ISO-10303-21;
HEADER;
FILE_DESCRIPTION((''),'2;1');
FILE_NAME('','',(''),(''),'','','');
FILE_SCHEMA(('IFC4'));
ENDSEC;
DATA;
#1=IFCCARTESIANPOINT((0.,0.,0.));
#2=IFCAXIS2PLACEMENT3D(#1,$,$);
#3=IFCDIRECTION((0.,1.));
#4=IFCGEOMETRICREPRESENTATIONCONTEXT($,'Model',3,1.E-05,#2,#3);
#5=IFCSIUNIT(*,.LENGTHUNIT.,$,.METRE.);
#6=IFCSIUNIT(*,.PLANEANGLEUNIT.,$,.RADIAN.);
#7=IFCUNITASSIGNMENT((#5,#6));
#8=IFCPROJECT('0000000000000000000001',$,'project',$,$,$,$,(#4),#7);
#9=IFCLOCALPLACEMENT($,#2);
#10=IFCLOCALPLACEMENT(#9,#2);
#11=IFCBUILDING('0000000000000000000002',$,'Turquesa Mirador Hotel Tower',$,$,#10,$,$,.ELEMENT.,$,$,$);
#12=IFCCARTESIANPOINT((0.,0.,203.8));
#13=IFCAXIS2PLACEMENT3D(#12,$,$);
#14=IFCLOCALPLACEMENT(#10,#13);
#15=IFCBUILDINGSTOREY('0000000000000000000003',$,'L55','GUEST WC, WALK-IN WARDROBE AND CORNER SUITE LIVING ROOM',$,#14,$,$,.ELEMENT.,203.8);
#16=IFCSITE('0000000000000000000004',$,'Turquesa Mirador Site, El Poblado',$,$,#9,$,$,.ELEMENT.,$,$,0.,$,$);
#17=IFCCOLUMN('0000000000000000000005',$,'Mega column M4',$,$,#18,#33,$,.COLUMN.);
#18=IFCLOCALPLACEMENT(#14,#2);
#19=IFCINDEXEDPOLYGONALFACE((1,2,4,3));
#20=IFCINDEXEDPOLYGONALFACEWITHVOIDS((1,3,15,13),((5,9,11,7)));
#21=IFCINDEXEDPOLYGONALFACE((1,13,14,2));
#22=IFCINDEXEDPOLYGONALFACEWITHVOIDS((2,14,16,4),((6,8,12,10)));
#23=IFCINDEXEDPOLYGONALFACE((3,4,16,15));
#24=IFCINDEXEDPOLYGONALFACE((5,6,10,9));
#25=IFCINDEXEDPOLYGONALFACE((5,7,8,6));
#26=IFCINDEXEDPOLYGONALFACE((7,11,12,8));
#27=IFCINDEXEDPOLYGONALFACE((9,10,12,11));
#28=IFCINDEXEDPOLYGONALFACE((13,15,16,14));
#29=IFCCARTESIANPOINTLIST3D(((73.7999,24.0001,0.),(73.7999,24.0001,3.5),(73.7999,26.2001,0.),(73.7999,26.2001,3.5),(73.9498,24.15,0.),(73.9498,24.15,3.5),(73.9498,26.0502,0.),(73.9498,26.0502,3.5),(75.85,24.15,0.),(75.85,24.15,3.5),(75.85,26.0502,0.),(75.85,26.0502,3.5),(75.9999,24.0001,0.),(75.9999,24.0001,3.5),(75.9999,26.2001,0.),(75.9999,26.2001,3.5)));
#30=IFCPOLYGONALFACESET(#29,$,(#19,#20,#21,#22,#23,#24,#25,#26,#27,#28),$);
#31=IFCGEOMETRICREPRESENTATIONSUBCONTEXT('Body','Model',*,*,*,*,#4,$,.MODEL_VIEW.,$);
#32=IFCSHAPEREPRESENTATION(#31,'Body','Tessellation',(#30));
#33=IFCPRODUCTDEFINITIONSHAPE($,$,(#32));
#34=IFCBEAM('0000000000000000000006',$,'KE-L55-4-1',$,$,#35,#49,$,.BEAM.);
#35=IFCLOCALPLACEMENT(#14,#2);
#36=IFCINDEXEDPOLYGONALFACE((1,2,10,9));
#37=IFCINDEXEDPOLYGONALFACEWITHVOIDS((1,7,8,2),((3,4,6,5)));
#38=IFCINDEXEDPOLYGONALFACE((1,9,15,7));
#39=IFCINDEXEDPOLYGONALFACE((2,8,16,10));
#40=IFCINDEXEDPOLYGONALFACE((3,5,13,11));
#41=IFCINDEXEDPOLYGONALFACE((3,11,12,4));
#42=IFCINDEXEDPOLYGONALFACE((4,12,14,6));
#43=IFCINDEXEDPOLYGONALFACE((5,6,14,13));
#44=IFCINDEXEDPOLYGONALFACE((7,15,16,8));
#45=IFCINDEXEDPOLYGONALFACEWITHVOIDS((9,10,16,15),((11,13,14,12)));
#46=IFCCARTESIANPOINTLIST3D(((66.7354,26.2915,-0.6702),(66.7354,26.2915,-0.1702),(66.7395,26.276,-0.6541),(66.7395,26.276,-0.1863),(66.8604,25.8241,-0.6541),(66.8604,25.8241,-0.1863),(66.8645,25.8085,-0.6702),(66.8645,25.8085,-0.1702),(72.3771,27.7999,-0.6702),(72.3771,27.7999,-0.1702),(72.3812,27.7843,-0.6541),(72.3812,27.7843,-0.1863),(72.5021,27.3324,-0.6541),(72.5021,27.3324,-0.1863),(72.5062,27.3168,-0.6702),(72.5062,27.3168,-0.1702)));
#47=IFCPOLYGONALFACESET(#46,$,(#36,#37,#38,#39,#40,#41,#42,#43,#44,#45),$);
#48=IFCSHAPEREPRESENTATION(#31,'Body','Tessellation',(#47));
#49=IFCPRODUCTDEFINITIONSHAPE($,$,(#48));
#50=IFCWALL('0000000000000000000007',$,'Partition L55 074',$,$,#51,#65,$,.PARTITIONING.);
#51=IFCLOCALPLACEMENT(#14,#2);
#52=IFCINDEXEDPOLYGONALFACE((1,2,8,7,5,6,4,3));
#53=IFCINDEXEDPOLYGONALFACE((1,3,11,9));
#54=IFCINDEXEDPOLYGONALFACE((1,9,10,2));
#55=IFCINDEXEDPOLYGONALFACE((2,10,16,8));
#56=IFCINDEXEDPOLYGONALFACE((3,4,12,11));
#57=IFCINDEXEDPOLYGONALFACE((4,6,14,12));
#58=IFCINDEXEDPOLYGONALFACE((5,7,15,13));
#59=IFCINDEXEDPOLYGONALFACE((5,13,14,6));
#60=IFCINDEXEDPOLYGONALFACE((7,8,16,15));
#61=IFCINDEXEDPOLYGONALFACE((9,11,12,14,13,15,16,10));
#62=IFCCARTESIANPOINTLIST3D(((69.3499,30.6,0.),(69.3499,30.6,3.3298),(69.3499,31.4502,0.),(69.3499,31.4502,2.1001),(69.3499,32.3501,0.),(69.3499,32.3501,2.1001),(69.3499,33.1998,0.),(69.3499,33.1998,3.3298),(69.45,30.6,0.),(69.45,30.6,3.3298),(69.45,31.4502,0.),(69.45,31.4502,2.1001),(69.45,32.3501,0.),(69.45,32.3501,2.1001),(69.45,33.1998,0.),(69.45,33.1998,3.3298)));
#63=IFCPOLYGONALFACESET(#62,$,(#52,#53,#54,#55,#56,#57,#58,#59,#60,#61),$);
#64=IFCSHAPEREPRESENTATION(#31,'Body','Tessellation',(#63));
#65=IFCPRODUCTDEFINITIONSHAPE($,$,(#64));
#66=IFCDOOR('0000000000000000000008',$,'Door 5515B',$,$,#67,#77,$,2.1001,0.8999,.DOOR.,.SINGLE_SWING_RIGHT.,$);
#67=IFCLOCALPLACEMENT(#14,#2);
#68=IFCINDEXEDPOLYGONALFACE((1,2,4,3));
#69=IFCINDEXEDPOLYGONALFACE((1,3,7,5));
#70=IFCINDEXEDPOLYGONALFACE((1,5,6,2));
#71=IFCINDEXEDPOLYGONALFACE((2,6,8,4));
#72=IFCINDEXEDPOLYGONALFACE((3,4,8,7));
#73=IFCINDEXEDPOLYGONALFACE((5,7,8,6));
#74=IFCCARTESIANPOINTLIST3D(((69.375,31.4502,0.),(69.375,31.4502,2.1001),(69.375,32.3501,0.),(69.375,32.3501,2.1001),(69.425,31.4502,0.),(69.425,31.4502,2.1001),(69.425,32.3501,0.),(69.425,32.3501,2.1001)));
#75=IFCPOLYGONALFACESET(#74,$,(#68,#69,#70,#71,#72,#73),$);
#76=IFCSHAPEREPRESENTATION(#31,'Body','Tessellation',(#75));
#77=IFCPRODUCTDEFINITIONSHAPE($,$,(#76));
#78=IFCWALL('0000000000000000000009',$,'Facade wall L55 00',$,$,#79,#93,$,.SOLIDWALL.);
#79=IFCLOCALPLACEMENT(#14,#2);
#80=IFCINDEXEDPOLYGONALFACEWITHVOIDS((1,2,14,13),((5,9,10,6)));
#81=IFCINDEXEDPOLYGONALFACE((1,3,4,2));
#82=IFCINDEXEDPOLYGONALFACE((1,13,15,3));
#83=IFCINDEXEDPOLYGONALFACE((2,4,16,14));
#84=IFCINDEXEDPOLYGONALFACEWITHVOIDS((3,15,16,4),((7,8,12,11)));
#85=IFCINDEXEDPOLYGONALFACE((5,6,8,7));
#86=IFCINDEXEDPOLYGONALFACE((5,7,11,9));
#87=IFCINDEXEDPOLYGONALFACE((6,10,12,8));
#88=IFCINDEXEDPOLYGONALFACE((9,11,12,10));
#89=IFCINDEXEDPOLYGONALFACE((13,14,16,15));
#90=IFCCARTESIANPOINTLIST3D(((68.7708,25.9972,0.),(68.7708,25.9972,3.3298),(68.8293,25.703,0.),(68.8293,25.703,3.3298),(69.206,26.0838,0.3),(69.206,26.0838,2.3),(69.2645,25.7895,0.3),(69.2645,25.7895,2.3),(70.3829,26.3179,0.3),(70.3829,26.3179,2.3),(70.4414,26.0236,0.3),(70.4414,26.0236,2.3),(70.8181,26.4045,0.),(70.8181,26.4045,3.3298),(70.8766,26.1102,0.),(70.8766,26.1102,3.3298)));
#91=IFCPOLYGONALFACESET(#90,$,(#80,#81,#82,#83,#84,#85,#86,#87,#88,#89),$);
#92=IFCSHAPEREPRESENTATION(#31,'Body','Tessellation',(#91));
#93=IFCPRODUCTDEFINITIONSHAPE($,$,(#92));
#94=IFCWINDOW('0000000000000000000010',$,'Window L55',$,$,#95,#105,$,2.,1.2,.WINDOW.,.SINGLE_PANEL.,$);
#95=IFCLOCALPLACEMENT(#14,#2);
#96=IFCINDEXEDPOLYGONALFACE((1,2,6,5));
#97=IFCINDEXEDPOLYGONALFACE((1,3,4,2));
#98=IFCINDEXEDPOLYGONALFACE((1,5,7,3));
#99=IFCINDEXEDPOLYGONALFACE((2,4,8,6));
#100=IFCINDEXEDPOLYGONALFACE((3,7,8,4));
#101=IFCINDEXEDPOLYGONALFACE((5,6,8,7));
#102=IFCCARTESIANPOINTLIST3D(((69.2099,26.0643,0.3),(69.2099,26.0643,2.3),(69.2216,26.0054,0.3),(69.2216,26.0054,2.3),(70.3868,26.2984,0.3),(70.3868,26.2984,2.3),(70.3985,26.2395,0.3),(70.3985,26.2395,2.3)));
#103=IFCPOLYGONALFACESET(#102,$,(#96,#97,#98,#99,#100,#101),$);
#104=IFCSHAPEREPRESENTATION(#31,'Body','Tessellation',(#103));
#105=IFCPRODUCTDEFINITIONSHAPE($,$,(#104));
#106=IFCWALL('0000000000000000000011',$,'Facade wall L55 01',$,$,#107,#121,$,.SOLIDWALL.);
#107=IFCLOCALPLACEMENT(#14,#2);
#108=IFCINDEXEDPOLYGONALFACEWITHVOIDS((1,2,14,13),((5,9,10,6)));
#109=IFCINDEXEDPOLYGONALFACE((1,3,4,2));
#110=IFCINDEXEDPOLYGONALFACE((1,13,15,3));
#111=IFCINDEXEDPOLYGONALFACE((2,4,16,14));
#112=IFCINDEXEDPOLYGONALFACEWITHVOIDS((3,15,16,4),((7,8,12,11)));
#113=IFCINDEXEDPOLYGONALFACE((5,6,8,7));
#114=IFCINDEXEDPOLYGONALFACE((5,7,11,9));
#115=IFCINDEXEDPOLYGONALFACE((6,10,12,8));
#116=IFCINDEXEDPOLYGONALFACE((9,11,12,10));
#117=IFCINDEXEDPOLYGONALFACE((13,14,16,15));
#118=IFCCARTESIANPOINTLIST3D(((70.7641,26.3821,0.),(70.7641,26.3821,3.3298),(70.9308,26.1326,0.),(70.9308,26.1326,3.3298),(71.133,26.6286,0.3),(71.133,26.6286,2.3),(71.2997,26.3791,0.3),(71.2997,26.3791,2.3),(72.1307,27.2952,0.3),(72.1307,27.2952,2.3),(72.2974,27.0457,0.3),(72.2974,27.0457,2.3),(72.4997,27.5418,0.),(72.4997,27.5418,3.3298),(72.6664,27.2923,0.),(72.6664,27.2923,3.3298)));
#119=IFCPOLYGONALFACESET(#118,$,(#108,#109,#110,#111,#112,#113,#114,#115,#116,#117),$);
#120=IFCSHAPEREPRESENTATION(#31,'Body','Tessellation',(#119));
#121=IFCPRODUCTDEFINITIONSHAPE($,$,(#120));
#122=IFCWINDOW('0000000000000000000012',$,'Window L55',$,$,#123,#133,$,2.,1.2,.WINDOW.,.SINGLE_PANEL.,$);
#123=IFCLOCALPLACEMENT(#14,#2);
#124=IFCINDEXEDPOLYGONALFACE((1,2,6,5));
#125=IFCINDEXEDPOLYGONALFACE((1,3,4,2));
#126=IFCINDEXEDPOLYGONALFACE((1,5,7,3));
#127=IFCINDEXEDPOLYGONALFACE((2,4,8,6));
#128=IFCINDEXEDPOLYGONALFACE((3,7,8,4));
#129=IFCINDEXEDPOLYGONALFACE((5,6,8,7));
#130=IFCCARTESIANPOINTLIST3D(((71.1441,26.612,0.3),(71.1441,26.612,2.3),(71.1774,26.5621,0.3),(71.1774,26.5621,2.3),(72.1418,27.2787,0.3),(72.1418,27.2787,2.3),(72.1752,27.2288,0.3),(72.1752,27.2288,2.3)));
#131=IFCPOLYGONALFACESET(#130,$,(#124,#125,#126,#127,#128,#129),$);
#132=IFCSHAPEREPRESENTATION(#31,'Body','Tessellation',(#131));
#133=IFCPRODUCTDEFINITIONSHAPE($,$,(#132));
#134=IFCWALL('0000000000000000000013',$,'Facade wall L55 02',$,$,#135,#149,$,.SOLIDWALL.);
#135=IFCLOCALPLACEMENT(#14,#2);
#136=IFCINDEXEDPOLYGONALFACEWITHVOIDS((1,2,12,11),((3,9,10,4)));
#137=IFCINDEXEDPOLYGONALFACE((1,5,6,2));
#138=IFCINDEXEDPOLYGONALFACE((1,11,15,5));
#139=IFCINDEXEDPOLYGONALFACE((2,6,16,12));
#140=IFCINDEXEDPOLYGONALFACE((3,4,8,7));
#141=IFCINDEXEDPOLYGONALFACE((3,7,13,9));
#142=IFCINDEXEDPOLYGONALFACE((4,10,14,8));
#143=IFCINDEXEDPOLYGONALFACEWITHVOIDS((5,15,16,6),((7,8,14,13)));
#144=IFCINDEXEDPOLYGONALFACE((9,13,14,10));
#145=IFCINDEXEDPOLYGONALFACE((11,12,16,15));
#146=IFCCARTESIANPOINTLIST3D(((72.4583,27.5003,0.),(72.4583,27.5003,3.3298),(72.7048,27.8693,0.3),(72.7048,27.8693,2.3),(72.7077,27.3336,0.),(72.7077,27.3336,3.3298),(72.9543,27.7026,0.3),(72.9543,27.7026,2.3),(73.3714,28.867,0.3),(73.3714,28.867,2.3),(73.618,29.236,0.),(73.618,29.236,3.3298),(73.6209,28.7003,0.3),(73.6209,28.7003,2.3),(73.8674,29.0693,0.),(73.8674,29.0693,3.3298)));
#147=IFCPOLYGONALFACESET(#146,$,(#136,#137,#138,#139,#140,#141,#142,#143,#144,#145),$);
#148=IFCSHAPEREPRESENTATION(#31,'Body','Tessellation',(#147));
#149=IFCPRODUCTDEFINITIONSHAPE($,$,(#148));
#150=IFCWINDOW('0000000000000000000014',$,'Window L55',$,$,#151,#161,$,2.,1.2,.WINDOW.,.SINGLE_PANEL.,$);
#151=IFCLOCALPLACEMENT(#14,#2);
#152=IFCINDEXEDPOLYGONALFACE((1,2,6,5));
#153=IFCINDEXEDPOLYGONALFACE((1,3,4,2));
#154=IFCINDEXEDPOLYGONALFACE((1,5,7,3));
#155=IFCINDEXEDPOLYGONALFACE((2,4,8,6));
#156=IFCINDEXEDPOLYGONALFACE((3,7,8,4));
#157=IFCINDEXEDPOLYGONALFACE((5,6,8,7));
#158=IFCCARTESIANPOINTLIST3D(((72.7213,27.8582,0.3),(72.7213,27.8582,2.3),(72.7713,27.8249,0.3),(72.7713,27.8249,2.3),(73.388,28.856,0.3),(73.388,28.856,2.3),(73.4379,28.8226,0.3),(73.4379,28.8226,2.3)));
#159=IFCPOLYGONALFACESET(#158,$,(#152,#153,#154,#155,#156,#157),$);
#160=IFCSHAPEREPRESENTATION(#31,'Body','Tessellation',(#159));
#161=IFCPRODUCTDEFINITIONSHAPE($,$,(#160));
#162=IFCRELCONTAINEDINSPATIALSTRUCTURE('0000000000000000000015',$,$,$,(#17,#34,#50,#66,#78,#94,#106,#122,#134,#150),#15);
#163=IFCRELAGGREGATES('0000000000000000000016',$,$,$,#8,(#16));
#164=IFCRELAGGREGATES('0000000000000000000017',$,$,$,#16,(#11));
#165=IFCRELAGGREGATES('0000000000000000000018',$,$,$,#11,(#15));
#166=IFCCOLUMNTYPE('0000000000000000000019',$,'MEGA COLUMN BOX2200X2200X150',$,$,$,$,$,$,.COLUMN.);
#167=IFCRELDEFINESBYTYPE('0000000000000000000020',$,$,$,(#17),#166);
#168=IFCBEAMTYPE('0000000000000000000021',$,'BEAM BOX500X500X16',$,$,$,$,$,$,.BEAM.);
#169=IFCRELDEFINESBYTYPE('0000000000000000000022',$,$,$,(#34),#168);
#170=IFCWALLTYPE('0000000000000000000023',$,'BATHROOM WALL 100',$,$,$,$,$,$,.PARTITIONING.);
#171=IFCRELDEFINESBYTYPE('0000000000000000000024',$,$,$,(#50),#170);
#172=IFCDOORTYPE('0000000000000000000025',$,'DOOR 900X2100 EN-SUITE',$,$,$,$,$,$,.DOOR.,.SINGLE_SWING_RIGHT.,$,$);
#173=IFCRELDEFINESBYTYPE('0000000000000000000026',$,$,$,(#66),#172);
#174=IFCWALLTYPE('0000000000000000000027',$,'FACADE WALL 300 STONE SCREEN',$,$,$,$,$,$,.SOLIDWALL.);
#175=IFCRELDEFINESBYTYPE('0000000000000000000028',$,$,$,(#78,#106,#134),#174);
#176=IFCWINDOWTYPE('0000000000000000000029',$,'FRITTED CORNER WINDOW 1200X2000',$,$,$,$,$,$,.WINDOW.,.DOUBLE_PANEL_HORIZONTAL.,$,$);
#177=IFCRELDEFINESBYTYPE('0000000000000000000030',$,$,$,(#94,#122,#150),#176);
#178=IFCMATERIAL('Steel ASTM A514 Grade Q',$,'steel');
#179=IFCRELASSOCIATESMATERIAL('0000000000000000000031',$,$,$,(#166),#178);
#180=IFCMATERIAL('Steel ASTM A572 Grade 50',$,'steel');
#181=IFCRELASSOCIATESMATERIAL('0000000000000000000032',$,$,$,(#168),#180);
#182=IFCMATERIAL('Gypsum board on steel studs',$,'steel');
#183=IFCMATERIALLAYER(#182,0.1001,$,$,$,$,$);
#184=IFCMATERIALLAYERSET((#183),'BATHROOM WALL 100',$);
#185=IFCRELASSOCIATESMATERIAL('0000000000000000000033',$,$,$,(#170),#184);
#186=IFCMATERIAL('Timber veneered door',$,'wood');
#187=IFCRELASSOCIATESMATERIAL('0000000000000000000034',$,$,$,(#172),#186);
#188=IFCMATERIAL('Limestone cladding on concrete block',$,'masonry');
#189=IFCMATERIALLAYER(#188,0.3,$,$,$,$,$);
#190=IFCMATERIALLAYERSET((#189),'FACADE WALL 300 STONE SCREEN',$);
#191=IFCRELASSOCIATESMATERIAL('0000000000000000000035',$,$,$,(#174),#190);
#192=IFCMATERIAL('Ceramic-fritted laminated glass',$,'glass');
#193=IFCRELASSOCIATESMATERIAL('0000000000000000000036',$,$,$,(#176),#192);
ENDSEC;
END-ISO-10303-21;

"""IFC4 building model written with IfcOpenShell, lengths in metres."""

from ifc_helpers import new_model, si_unit, direction, frame, frame_2d, origin, origin_2d, place, context, subcontext, project, spatial, rectangle, hollow_rectangle, extrude, material, layer, layer_set, material_profile, profile_set, type_object, element, fill, save


model = new_model("IFC4")

# Units and contexts
model_context = context("Model", 3, precision=1e-05, world=origin(), true_north=direction((0.0, 1.0)))
body_context = subcontext(model_context, "Body", "Model", "MODEL_VIEW")
ifc_project = project(units=[si_unit("LENGTHUNIT", "METRE"), si_unit("PLANEANGLEUNIT", "RADIAN")], contexts=[model_context])

# Site, building, storey
site_placement = place(None, origin())
site = spatial("IfcSite", under=ifc_project, at=site_placement, Name="Turquesa Mirador Site, El Poblado", CompositionType="ELEMENT", RefElevation=0.0)
building_placement = place(site_placement, origin())
building = spatial("IfcBuilding", under=site, at=building_placement, Name="Turquesa Mirador Hotel Tower", CompositionType="ELEMENT")
storey_placement = place(building_placement, frame((0.0, 0.0, 203.8)))
storey = spatial("IfcBuildingStorey", under=building, at=storey_placement, Name="L55", Description="GUEST WC, WALK-IN WARDROBE AND CORNER SUITE LIVING ROOM", CompositionType="ELEMENT", Elevation=203.8)

# Column
ifc_material_1 = material(Name="Steel ASTM A514 Grade Q", Category="steel")
ifc_material_profile_1 = material_profile(ifc_material_1, hollow_rectangle(XDim=2.2, YDim=2.2, WallThickness=0.1499, at=origin_2d()), Name="BOX2200X2200X150")
ifc_profile_set_1 = profile_set([ifc_material_profile_1], Name="Steel ASTM A514 Grade Q")
column_type = type_object("IfcColumnType", Name="MEGA COLUMN BOX2200X2200X150", PredefinedType="COLUMN", material=ifc_profile_set_1)
column_placement = place(storey_placement, frame((74.8999, 25.1001, 0.0), z_axis=(0.0, 0.0, 1.0), x_axis=(1.0, 0.0, 0.0)))
element("IfcColumn", 1, at=column_placement, inside=storey, type_object=column_type, Name="Mega column M4", PredefinedType="COLUMN", context=body_context, shape_type="SweptSolid", body=[
    extrude(hollow_rectangle(XDim=2.2, YDim=2.2, WallThickness=0.1499, at=origin_2d()), origin(), (0.0, 0.0, 1.0), 3.5),
])

# Beam
ifc_material_2 = material(Name="Steel ASTM A572 Grade 50", Category="steel")
ifc_material_profile_2 = material_profile(ifc_material_2, hollow_rectangle(XDim=0.5, YDim=0.5, WallThickness=0.0161, at=origin_2d()), Name="BOX500X500X16")
ifc_profile_set_2 = profile_set([ifc_material_profile_2], Name="Steel ASTM A572 Grade 50")
beam_type = type_object("IfcBeamType", Name="BEAM BOX500X500X16", PredefinedType="BEAM", material=ifc_profile_set_2)
beam_placement = place(storey_placement, frame((72.4417, 27.5583, -0.4202), z_axis=(-0.96607, -0.258282, 0.0), x_axis=(0.258282, -0.96607, 0.0)))
element("IfcBeam", 2, at=beam_placement, inside=storey, type_object=beam_type, Name="KE-L55-4-1", PredefinedType="BEAM", context=body_context, shape_type="SweptSolid", body=[
    extrude(hollow_rectangle(XDim=0.5, YDim=0.5, WallThickness=0.0161, at=origin_2d()), origin(), (0.0, 0.0, 1.0), 5.8398),
])

# Wall, opening, door
ifc_material_3 = material(Name="Gypsum board on steel studs", Category="steel")
ifc_layer_1 = layer(ifc_material_3, 0.1001)
ifc_layer_set_1 = layer_set([ifc_layer_1], Name="BATHROOM WALL 100")
wall_type_1 = type_object("IfcWallType", Name="BATHROOM WALL 100", PredefinedType="PARTITIONING", material=ifc_layer_set_1)
wall_1_placement = place(storey_placement, frame((69.3999, 30.6001, 0.0), z_axis=(0.0, 0.0, 1.0), x_axis=(0.0, 1.0, 0.0)))
wall_1 = element("IfcWall", 3, at=wall_1_placement, inside=storey, type_object=wall_type_1, Name="Partition L55 074", PredefinedType="PARTITIONING", context=body_context, shape_type="SweptSolid", body=[
    extrude(rectangle(XDim=2.5999, YDim=0.1001, at=frame_2d((1.2998, 0.0))), origin(), (0.0, 0.0, 1.0), 3.3298),
])
opening_1_placement = place(wall_1_placement, frame((0.8501, 0.0, 0.0)))
opening_1 = element("IfcOpeningElement", 4, at=opening_1_placement, cuts=wall_1, PredefinedType="OPENING", context=body_context, shape_type="SweptSolid", body=[
    extrude(rectangle(XDim=0.8999, YDim=2.1001, at=frame_2d((0.45, 1.05))), frame((0.0, 0.0601, 0.0), z_axis=(0.0, -1.0, 0.0), x_axis=(1.0, 0.0, 0.0)), (0.0, 0.0, 1.0), 0.1201),
])
ifc_material_4 = material(Name="Timber veneered door", Category="wood")
door_type = type_object("IfcDoorType", Name="DOOR 900X2100 EN-SUITE", OperationType="SINGLE_SWING_RIGHT", PredefinedType="DOOR", material=ifc_material_4)
door_placement = place(opening_1_placement, origin())
door = element("IfcDoor", 5, at=door_placement, inside=storey, type_object=door_type, Name="Door 5515B", OperationType="SINGLE_SWING_RIGHT", OverallHeight=2.1001, OverallWidth=0.8999, PredefinedType="DOOR", context=body_context, shape_type="SweptSolid", body=[
    extrude(rectangle(XDim=0.8999, YDim=2.1001, at=frame_2d((0.45, 1.05))), frame((0.0, 0.0249, 0.0), z_axis=(0.0, -1.0, 0.0), x_axis=(1.0, 0.0, 0.0)), (0.0, 0.0, 1.0), 0.05),
])
fill(opening_1, door)

# Walls, openings, windows
ifc_material_5 = material(Name="Limestone cladding on concrete block", Category="masonry")
ifc_layer_2 = layer(ifc_material_5, 0.3)
ifc_layer_set_2 = layer_set([ifc_layer_2], Name="FACADE WALL 300 STONE SCREEN")
wall_type_2 = type_object("IfcWallType", Name="FACADE WALL 300 STONE SCREEN", PredefinedType="SOLIDWALL", material=ifc_layer_set_2)
wall_2_placement = place(storey_placement, frame((68.8, 25.8501, 0.0), z_axis=(0.0, 0.0, 1.0), x_axis=(0.980787, 0.195081, 0.0)))
wall_2 = element("IfcWall", 6, at=wall_2_placement, inside=storey, type_object=wall_type_2, Name="Facade wall L55 00", PredefinedType="SOLIDWALL", context=body_context, shape_type="SweptSolid", body=[
    extrude(rectangle(XDim=2.0874, YDim=0.3, at=frame_2d((1.0437, 0.0))), origin(), (0.0, 0.0, 1.0), 3.3298),
])
opening_2_placement = place(wall_2_placement, frame((0.4436, 0.0, 0.3)))
opening_2 = element("IfcOpeningElement", 7, at=opening_2_placement, cuts=wall_2, PredefinedType="OPENING", context=body_context, shape_type="SweptSolid", body=[
    extrude(rectangle(XDim=1.2, YDim=2.0, at=frame_2d((0.6001, 1.0))), frame((0.0, 0.1599, 0.0), z_axis=(0.0, -1.0, 0.0), x_axis=(1.0, 0.0, 0.0)), (0.0, 0.0, 1.0), 0.3201),
])
ifc_material_6 = material(Name="Ceramic-fritted laminated glass", Category="glass")
window_type_1 = type_object("IfcWindowType", Name="FRITTED CORNER WINDOW 1200X2000", PartitioningType="DOUBLE_PANEL_HORIZONTAL", PredefinedType="WINDOW", material=ifc_material_6)
window_1_placement = place(opening_2_placement, origin())
window_1 = element("IfcWindow", 8, at=window_1_placement, inside=storey, type_object=window_type_1, Name="Window L55", OverallHeight=2.0, OverallWidth=1.2, PartitioningType="SINGLE_PANEL", PredefinedType="WINDOW", context=body_context, shape_type="SweptSolid", body=[
    extrude(rectangle(XDim=1.2, YDim=2.0, at=frame_2d((0.6001, 1.0))), frame((0.0, 0.1301, 0.0), z_axis=(0.0, -1.0, 0.0), x_axis=(1.0, 0.0, 0.0)), (0.0, 0.0, 1.0), 0.0601),
])
fill(opening_2, window_1)
wall_3_placement = place(storey_placement, frame((70.8474, 26.2573, 0.0), z_axis=(0.0, 0.0, 1.0), x_axis=(0.831474, 0.555564, 0.0)))
wall_3 = element("IfcWall", 9, at=wall_3_placement, inside=storey, type_object=wall_type_2, Name="Facade wall L55 01", PredefinedType="SOLIDWALL", context=body_context, shape_type="SweptSolid", body=[
    extrude(rectangle(XDim=2.0874, YDim=0.3, at=frame_2d((1.0437, 0.0))), origin(), (0.0, 0.0, 1.0), 3.3298),
])
opening_3_placement = place(wall_3_placement, frame((0.4436, 0.0, 0.3)))
opening_3 = element("IfcOpeningElement", 10, at=opening_3_placement, cuts=wall_3, PredefinedType="OPENING", context=body_context, shape_type="SweptSolid", body=[
    extrude(rectangle(XDim=1.2, YDim=2.0, at=frame_2d((0.6001, 1.0))), frame((0.0, 0.1599, 0.0), z_axis=(0.0, -1.0, 0.0), x_axis=(1.0, 0.0, 0.0)), (0.0, 0.0, 1.0), 0.3201),
])
window_2_placement = place(opening_3_placement, origin())
window_2 = element("IfcWindow", 11, at=window_2_placement, inside=storey, type_object=window_type_1, Name="Window L55", OverallHeight=2.0, OverallWidth=1.2, PartitioningType="SINGLE_PANEL", PredefinedType="WINDOW", context=body_context, shape_type="SweptSolid", body=[
    extrude(rectangle(XDim=1.2, YDim=2.0, at=frame_2d((0.6001, 1.0))), frame((0.0, 0.1301, 0.0), z_axis=(0.0, -1.0, 0.0), x_axis=(1.0, 0.0, 0.0)), (0.0, 0.0, 1.0), 0.0601),
])
fill(opening_3, window_2)
wall_4_placement = place(storey_placement, frame((72.583, 27.417, 0.0), z_axis=(0.0, 0.0, 1.0), x_axis=(0.555564, 0.831474, 0.0)))
wall_4 = element("IfcWall", 12, at=wall_4_placement, inside=storey, type_object=wall_type_2, Name="Facade wall L55 02", PredefinedType="SOLIDWALL", context=body_context, shape_type="SweptSolid", body=[
    extrude(rectangle(XDim=2.0874, YDim=0.3, at=frame_2d((1.0437, 0.0))), origin(), (0.0, 0.0, 1.0), 3.3298),
])
opening_4_placement = place(wall_4_placement, frame((0.4436, 0.0, 0.3)))
opening_4 = element("IfcOpeningElement", 13, at=opening_4_placement, cuts=wall_4, PredefinedType="OPENING", context=body_context, shape_type="SweptSolid", body=[
    extrude(rectangle(XDim=1.2, YDim=2.0, at=frame_2d((0.6001, 1.0))), frame((0.0, 0.1599, 0.0), z_axis=(0.0, -1.0, 0.0), x_axis=(1.0, 0.0, 0.0)), (0.0, 0.0, 1.0), 0.3201),
])
window_3_placement = place(opening_4_placement, origin())
window_3 = element("IfcWindow", 14, at=window_3_placement, inside=storey, type_object=window_type_1, Name="Window L55", OverallHeight=2.0, OverallWidth=1.2, PartitioningType="SINGLE_PANEL", PredefinedType="WINDOW", context=body_context, shape_type="SweptSolid", body=[
    extrude(rectangle(XDim=1.2, YDim=2.0, at=frame_2d((0.6001, 1.0))), frame((0.0, 0.1301, 0.0), z_axis=(0.0, -1.0, 0.0), x_axis=(1.0, 0.0, 0.0)), (0.0, 0.0, 1.0), 0.0601),
])
fill(opening_4, window_3)

save(model, "model.ifc")
